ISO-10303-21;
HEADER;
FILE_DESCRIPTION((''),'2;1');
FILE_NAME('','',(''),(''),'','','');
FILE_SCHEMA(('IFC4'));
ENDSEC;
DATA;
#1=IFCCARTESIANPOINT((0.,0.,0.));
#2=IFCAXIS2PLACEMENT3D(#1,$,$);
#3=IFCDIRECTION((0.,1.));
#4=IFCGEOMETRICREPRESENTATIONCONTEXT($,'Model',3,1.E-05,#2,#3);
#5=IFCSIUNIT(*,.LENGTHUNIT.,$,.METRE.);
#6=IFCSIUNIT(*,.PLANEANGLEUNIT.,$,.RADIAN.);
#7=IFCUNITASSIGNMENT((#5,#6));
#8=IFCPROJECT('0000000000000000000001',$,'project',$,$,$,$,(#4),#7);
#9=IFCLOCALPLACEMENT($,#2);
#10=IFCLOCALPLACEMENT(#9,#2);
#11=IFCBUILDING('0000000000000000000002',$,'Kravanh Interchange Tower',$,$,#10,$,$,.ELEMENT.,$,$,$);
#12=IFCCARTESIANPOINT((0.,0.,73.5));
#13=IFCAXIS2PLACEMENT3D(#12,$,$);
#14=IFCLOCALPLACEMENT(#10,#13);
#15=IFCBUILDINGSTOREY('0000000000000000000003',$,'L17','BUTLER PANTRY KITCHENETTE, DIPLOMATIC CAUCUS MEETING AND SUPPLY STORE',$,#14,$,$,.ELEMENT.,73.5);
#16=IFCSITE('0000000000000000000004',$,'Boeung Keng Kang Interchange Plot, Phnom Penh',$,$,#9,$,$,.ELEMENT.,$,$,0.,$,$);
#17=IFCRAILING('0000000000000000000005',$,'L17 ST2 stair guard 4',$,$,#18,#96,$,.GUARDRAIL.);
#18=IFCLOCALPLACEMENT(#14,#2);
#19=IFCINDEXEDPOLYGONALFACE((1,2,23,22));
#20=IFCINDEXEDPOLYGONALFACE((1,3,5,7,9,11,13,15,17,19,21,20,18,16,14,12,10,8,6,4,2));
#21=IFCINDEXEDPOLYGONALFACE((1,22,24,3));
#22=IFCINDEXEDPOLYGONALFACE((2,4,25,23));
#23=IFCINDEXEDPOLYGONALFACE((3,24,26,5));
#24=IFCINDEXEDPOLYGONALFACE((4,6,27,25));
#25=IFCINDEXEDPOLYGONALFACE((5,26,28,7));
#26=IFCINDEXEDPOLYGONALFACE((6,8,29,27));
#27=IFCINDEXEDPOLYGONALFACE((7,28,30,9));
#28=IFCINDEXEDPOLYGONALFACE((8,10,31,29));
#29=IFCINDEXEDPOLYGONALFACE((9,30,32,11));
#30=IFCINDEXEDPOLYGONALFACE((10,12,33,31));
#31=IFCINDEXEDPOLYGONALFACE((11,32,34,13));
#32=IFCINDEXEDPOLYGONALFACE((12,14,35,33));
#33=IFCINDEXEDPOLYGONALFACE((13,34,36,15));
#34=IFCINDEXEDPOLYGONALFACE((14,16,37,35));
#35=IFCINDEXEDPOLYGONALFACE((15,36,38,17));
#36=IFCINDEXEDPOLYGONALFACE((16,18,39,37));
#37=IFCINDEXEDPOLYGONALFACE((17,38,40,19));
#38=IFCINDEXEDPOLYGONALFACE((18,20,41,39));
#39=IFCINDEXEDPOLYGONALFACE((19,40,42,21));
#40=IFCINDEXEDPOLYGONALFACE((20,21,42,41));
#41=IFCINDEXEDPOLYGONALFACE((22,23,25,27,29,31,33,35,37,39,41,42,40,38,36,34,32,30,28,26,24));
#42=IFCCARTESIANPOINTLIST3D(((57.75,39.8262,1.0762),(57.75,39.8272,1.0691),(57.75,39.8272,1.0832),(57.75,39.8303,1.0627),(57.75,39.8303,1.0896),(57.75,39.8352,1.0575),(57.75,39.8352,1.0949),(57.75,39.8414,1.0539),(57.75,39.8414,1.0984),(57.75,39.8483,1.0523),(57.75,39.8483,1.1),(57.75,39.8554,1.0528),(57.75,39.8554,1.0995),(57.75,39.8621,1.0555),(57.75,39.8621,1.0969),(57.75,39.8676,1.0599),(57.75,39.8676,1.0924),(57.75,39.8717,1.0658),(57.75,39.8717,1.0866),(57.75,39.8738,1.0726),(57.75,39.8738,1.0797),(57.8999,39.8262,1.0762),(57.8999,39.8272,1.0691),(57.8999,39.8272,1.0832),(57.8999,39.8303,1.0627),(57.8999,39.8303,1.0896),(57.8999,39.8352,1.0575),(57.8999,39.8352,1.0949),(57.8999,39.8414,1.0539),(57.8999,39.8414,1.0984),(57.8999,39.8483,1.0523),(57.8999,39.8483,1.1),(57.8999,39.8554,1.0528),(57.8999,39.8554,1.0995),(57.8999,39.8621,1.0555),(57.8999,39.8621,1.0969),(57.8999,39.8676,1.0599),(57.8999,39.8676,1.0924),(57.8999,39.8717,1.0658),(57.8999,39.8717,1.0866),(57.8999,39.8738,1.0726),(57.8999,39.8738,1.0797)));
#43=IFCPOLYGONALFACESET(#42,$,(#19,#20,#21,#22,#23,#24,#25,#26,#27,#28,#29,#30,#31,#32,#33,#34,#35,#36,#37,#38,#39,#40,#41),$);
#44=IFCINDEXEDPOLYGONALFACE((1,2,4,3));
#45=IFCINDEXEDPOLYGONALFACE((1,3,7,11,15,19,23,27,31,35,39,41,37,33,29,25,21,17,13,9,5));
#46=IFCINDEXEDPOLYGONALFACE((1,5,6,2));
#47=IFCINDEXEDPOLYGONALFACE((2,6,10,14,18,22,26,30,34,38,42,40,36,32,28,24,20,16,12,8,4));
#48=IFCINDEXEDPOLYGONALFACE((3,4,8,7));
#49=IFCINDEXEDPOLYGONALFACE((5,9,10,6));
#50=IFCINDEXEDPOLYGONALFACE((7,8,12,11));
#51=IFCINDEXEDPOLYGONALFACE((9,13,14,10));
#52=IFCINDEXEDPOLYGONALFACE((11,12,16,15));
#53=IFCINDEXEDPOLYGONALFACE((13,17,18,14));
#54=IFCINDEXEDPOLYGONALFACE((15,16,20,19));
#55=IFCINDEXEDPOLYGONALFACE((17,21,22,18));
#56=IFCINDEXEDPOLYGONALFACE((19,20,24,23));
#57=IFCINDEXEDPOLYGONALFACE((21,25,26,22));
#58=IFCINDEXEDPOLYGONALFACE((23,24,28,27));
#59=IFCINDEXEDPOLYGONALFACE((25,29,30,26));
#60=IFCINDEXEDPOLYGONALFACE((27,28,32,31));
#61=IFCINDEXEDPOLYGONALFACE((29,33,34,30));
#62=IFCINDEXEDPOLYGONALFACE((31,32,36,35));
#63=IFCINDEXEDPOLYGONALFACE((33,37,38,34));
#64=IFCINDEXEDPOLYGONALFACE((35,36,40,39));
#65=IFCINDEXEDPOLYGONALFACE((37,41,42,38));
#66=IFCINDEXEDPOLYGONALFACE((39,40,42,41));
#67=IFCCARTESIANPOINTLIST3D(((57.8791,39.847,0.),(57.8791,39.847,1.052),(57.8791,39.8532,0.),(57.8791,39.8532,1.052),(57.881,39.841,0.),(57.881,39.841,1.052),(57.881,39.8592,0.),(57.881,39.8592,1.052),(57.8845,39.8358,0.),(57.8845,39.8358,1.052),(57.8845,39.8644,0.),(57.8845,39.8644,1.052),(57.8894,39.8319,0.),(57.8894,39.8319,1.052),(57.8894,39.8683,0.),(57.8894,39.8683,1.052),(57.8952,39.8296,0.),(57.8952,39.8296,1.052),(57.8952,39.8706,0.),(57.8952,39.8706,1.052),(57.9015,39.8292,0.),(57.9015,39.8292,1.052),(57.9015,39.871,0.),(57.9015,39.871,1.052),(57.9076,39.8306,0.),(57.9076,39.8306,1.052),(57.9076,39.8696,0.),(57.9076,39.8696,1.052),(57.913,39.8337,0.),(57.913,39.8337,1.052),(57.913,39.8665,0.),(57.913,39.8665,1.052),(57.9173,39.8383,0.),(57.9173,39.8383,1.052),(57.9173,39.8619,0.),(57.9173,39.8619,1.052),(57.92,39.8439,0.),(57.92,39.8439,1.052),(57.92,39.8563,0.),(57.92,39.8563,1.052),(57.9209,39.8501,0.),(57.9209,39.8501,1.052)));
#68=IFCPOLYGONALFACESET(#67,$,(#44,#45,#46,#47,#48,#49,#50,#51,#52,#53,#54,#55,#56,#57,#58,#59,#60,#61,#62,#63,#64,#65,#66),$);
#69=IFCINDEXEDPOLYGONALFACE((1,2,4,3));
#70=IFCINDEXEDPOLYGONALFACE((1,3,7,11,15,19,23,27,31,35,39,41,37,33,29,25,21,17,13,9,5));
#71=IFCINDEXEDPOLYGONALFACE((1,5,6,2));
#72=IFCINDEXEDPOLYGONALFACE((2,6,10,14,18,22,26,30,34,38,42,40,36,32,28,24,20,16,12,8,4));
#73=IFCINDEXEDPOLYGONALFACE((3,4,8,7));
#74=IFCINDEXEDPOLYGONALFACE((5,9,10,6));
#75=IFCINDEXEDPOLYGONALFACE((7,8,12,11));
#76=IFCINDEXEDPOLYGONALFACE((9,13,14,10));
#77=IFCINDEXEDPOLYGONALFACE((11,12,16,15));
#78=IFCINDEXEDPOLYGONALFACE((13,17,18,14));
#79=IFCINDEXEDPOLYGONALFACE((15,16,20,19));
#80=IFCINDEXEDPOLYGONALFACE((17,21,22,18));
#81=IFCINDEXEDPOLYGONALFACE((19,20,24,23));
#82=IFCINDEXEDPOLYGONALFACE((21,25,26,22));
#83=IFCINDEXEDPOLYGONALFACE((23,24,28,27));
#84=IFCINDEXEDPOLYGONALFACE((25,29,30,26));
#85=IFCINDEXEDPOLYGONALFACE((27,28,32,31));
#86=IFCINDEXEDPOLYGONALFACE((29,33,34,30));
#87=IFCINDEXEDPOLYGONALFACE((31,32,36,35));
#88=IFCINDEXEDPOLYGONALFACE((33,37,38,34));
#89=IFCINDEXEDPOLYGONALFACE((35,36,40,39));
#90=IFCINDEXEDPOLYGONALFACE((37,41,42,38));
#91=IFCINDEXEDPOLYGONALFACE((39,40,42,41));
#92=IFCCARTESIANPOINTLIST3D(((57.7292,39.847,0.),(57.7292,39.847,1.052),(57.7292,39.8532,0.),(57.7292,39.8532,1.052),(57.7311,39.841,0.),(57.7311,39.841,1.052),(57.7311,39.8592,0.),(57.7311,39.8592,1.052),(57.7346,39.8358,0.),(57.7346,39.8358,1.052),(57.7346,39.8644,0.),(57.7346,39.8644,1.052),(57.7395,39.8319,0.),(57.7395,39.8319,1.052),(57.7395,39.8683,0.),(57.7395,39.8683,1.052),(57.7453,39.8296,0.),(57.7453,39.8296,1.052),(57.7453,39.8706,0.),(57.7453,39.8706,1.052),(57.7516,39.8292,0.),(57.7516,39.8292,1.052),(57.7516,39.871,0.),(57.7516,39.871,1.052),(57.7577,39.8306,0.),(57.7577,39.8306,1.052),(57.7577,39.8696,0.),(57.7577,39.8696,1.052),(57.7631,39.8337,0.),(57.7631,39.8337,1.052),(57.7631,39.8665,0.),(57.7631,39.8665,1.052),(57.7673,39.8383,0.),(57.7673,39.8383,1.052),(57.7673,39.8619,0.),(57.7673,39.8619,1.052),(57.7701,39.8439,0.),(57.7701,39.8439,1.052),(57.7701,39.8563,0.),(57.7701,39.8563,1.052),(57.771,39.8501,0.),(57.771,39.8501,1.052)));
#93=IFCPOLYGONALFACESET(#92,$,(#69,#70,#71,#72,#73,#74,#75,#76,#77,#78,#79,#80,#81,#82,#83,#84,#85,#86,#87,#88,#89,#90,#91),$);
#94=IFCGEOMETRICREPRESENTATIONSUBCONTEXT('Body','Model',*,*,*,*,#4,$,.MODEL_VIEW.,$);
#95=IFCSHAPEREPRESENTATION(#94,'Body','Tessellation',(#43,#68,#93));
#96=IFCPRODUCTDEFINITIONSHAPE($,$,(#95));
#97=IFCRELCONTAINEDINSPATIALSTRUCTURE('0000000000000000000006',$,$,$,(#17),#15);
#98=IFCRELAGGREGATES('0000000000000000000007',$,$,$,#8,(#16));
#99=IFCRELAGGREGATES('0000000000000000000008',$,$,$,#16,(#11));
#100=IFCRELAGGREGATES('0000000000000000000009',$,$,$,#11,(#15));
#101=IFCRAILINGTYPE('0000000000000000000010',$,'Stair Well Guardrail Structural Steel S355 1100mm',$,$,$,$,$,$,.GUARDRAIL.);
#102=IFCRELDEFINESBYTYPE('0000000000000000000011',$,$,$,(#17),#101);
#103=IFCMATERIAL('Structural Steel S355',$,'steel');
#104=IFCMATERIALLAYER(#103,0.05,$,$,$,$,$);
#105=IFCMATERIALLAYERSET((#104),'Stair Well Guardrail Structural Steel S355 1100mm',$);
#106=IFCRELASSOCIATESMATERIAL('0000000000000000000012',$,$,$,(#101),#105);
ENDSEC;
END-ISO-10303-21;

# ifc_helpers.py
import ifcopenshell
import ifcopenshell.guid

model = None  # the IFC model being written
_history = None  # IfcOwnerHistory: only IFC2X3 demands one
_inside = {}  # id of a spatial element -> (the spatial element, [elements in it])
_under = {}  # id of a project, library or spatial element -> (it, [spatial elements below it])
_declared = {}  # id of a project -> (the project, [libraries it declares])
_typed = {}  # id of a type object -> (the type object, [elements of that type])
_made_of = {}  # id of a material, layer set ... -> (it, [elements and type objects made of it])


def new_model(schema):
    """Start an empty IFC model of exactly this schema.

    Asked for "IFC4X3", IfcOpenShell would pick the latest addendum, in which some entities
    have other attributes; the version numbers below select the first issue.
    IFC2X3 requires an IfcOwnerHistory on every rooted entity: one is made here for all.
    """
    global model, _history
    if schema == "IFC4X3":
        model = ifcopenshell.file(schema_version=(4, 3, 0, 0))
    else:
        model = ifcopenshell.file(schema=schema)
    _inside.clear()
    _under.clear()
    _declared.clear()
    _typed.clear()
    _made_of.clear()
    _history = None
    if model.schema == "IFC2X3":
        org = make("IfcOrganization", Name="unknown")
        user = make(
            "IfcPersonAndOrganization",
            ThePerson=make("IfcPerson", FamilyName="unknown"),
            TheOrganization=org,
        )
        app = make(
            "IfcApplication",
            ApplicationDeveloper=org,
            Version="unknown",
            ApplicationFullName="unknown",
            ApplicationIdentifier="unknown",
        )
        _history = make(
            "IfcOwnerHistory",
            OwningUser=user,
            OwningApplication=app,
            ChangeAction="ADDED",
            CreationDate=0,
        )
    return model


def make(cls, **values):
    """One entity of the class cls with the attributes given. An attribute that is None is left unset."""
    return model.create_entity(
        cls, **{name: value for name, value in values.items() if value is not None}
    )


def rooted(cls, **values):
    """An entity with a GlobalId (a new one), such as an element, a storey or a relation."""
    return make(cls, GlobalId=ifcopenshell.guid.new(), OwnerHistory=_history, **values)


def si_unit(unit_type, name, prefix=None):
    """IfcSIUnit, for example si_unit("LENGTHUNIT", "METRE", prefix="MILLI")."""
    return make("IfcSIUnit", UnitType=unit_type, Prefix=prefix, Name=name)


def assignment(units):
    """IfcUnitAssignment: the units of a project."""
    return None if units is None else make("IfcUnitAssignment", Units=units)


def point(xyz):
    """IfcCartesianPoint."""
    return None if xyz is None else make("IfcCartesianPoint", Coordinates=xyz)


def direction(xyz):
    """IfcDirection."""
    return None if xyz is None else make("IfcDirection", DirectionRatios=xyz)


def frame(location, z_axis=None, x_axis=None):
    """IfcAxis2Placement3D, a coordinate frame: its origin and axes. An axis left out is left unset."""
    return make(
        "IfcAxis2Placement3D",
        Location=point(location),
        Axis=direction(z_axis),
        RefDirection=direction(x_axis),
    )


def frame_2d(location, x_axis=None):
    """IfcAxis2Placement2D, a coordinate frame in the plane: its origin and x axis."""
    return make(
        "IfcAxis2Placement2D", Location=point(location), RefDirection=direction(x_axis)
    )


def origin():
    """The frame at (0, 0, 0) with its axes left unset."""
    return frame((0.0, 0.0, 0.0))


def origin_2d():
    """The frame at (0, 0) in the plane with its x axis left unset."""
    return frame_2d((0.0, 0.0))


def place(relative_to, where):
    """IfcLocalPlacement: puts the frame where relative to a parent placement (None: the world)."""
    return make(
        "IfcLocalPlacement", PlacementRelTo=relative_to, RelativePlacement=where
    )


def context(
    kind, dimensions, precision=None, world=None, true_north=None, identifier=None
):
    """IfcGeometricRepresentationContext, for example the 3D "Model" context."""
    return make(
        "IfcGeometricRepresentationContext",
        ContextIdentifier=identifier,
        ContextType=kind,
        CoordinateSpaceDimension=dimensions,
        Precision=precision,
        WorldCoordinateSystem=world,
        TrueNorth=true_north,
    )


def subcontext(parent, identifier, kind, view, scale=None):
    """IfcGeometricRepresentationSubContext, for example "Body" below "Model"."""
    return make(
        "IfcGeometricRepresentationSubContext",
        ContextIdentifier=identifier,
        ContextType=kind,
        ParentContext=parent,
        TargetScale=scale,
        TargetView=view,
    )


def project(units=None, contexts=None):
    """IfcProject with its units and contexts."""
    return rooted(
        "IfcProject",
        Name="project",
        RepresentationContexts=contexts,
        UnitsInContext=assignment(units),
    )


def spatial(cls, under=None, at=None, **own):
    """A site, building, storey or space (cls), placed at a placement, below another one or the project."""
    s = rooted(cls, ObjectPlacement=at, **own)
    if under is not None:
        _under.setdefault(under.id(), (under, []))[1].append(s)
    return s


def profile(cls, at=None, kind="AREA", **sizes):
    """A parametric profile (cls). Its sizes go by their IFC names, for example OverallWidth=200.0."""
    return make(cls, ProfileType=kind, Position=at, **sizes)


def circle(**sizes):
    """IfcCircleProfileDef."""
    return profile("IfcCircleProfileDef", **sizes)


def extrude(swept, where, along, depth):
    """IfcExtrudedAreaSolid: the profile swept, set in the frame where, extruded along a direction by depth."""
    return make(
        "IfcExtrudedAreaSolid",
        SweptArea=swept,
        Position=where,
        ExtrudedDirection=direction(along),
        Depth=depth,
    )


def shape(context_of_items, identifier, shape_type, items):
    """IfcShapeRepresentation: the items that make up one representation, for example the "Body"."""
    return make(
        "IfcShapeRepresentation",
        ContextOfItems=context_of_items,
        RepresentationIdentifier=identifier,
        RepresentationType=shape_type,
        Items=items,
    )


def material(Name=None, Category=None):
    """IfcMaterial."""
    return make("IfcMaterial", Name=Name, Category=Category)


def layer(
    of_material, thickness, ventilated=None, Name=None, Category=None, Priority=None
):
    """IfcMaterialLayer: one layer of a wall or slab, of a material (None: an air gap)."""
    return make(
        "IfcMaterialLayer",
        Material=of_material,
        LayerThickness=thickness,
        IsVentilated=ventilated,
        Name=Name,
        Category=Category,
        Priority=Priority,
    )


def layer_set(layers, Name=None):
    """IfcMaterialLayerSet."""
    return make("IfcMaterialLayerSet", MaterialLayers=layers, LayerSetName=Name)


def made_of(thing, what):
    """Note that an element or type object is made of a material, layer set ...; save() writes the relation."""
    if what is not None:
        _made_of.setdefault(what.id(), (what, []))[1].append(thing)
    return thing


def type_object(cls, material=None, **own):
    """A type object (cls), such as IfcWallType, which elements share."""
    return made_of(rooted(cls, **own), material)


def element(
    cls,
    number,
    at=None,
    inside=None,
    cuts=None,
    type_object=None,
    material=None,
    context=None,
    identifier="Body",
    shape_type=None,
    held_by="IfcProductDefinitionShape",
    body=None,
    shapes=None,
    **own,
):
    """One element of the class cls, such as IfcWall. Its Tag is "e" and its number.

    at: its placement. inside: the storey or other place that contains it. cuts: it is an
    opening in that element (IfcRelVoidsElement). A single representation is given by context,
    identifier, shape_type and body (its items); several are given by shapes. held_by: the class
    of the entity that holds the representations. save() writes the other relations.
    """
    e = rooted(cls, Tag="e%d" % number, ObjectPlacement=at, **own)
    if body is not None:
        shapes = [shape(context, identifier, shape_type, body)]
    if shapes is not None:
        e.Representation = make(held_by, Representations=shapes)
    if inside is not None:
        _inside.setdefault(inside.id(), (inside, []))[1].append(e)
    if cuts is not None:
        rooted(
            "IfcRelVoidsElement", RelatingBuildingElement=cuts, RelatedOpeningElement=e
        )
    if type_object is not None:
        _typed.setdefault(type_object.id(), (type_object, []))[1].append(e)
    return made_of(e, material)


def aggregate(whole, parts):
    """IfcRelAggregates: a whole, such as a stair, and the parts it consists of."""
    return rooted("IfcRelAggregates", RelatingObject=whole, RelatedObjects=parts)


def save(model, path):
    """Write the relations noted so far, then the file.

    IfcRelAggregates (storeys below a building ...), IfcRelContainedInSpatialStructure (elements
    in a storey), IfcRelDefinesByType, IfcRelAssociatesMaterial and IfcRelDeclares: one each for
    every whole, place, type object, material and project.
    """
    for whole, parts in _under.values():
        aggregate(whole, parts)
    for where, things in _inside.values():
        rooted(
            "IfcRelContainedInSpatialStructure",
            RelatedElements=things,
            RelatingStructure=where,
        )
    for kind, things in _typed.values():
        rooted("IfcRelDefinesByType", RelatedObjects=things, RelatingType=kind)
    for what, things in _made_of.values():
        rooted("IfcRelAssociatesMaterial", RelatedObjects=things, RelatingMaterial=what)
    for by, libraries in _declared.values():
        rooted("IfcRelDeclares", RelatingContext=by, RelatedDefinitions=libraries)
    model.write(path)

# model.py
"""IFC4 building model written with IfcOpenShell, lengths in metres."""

from ifc_helpers import new_model, si_unit, direction, frame, origin, origin_2d, place, context, subcontext, project, spatial, circle, extrude, material, layer, layer_set, type_object, element, save


model = new_model("IFC4")

# Units and contexts
model_context = context("Model", 3, precision=1e-05, world=origin(), true_north=direction((0.0, 1.0)))
body_context = subcontext(model_context, "Body", "Model", "MODEL_VIEW")
ifc_project = project(units=[si_unit("LENGTHUNIT", "METRE"), si_unit("PLANEANGLEUNIT", "RADIAN")], contexts=[model_context])

# Site, building, storey
site_placement = place(None, origin())
site = spatial("IfcSite", under=ifc_project, at=site_placement, Name="Boeung Keng Kang Interchange Plot, Phnom Penh", CompositionType="ELEMENT", RefElevation=0.0)
building_placement = place(site_placement, origin())
building = spatial("IfcBuilding", under=site, at=building_placement, Name="Kravanh Interchange Tower", CompositionType="ELEMENT")
storey_placement = place(building_placement, frame((0.0, 0.0, 73.5)))
storey = spatial("IfcBuildingStorey", under=building, at=storey_placement, Name="L17", Description="BUTLER PANTRY KITCHENETTE, DIPLOMATIC CAUCUS MEETING AND SUPPLY STORE", CompositionType="ELEMENT", Elevation=73.5)

# Railing
ifc_material_1 = material(Name="Structural Steel S355", Category="steel")
ifc_layer_1 = layer(ifc_material_1, 0.05)
ifc_layer_set_1 = layer_set([ifc_layer_1], Name="Stair Well Guardrail Structural Steel S355 1100mm")
railing_type_1 = type_object("IfcRailingType", Name="Stair Well Guardrail Structural Steel S355 1100mm", PredefinedType="GUARDRAIL", material=ifc_layer_set_1)
railing_1_placement = place(storey_placement, frame((57.8999, 39.8501, 0.0)))
element("IfcRailing", 1, at=railing_1_placement, inside=storey, type_object=railing_type_1, Name="L17 ST2 stair guard 4", PredefinedType="GUARDRAIL", context=body_context, shape_type="SweptSolid", body=[
    extrude(circle(Radius=0.0239, at=origin_2d()), frame((0.0, 0.0, 1.0762), z_axis=(-1.0, 0.0, 0.0), x_axis=(0.0, -1.0, 0.0)), (0.0, 0.0, 1.0), 0.1499),
    extrude(circle(Radius=0.021, at=origin_2d()), origin(), (0.0, 0.0, 1.0), 1.052),
    extrude(circle(Radius=0.021, at=origin_2d()), frame((-0.1499, 0.0, 0.0)), (0.0, 0.0, 1.0), 1.052),
])

save(model, "model.ifc")
